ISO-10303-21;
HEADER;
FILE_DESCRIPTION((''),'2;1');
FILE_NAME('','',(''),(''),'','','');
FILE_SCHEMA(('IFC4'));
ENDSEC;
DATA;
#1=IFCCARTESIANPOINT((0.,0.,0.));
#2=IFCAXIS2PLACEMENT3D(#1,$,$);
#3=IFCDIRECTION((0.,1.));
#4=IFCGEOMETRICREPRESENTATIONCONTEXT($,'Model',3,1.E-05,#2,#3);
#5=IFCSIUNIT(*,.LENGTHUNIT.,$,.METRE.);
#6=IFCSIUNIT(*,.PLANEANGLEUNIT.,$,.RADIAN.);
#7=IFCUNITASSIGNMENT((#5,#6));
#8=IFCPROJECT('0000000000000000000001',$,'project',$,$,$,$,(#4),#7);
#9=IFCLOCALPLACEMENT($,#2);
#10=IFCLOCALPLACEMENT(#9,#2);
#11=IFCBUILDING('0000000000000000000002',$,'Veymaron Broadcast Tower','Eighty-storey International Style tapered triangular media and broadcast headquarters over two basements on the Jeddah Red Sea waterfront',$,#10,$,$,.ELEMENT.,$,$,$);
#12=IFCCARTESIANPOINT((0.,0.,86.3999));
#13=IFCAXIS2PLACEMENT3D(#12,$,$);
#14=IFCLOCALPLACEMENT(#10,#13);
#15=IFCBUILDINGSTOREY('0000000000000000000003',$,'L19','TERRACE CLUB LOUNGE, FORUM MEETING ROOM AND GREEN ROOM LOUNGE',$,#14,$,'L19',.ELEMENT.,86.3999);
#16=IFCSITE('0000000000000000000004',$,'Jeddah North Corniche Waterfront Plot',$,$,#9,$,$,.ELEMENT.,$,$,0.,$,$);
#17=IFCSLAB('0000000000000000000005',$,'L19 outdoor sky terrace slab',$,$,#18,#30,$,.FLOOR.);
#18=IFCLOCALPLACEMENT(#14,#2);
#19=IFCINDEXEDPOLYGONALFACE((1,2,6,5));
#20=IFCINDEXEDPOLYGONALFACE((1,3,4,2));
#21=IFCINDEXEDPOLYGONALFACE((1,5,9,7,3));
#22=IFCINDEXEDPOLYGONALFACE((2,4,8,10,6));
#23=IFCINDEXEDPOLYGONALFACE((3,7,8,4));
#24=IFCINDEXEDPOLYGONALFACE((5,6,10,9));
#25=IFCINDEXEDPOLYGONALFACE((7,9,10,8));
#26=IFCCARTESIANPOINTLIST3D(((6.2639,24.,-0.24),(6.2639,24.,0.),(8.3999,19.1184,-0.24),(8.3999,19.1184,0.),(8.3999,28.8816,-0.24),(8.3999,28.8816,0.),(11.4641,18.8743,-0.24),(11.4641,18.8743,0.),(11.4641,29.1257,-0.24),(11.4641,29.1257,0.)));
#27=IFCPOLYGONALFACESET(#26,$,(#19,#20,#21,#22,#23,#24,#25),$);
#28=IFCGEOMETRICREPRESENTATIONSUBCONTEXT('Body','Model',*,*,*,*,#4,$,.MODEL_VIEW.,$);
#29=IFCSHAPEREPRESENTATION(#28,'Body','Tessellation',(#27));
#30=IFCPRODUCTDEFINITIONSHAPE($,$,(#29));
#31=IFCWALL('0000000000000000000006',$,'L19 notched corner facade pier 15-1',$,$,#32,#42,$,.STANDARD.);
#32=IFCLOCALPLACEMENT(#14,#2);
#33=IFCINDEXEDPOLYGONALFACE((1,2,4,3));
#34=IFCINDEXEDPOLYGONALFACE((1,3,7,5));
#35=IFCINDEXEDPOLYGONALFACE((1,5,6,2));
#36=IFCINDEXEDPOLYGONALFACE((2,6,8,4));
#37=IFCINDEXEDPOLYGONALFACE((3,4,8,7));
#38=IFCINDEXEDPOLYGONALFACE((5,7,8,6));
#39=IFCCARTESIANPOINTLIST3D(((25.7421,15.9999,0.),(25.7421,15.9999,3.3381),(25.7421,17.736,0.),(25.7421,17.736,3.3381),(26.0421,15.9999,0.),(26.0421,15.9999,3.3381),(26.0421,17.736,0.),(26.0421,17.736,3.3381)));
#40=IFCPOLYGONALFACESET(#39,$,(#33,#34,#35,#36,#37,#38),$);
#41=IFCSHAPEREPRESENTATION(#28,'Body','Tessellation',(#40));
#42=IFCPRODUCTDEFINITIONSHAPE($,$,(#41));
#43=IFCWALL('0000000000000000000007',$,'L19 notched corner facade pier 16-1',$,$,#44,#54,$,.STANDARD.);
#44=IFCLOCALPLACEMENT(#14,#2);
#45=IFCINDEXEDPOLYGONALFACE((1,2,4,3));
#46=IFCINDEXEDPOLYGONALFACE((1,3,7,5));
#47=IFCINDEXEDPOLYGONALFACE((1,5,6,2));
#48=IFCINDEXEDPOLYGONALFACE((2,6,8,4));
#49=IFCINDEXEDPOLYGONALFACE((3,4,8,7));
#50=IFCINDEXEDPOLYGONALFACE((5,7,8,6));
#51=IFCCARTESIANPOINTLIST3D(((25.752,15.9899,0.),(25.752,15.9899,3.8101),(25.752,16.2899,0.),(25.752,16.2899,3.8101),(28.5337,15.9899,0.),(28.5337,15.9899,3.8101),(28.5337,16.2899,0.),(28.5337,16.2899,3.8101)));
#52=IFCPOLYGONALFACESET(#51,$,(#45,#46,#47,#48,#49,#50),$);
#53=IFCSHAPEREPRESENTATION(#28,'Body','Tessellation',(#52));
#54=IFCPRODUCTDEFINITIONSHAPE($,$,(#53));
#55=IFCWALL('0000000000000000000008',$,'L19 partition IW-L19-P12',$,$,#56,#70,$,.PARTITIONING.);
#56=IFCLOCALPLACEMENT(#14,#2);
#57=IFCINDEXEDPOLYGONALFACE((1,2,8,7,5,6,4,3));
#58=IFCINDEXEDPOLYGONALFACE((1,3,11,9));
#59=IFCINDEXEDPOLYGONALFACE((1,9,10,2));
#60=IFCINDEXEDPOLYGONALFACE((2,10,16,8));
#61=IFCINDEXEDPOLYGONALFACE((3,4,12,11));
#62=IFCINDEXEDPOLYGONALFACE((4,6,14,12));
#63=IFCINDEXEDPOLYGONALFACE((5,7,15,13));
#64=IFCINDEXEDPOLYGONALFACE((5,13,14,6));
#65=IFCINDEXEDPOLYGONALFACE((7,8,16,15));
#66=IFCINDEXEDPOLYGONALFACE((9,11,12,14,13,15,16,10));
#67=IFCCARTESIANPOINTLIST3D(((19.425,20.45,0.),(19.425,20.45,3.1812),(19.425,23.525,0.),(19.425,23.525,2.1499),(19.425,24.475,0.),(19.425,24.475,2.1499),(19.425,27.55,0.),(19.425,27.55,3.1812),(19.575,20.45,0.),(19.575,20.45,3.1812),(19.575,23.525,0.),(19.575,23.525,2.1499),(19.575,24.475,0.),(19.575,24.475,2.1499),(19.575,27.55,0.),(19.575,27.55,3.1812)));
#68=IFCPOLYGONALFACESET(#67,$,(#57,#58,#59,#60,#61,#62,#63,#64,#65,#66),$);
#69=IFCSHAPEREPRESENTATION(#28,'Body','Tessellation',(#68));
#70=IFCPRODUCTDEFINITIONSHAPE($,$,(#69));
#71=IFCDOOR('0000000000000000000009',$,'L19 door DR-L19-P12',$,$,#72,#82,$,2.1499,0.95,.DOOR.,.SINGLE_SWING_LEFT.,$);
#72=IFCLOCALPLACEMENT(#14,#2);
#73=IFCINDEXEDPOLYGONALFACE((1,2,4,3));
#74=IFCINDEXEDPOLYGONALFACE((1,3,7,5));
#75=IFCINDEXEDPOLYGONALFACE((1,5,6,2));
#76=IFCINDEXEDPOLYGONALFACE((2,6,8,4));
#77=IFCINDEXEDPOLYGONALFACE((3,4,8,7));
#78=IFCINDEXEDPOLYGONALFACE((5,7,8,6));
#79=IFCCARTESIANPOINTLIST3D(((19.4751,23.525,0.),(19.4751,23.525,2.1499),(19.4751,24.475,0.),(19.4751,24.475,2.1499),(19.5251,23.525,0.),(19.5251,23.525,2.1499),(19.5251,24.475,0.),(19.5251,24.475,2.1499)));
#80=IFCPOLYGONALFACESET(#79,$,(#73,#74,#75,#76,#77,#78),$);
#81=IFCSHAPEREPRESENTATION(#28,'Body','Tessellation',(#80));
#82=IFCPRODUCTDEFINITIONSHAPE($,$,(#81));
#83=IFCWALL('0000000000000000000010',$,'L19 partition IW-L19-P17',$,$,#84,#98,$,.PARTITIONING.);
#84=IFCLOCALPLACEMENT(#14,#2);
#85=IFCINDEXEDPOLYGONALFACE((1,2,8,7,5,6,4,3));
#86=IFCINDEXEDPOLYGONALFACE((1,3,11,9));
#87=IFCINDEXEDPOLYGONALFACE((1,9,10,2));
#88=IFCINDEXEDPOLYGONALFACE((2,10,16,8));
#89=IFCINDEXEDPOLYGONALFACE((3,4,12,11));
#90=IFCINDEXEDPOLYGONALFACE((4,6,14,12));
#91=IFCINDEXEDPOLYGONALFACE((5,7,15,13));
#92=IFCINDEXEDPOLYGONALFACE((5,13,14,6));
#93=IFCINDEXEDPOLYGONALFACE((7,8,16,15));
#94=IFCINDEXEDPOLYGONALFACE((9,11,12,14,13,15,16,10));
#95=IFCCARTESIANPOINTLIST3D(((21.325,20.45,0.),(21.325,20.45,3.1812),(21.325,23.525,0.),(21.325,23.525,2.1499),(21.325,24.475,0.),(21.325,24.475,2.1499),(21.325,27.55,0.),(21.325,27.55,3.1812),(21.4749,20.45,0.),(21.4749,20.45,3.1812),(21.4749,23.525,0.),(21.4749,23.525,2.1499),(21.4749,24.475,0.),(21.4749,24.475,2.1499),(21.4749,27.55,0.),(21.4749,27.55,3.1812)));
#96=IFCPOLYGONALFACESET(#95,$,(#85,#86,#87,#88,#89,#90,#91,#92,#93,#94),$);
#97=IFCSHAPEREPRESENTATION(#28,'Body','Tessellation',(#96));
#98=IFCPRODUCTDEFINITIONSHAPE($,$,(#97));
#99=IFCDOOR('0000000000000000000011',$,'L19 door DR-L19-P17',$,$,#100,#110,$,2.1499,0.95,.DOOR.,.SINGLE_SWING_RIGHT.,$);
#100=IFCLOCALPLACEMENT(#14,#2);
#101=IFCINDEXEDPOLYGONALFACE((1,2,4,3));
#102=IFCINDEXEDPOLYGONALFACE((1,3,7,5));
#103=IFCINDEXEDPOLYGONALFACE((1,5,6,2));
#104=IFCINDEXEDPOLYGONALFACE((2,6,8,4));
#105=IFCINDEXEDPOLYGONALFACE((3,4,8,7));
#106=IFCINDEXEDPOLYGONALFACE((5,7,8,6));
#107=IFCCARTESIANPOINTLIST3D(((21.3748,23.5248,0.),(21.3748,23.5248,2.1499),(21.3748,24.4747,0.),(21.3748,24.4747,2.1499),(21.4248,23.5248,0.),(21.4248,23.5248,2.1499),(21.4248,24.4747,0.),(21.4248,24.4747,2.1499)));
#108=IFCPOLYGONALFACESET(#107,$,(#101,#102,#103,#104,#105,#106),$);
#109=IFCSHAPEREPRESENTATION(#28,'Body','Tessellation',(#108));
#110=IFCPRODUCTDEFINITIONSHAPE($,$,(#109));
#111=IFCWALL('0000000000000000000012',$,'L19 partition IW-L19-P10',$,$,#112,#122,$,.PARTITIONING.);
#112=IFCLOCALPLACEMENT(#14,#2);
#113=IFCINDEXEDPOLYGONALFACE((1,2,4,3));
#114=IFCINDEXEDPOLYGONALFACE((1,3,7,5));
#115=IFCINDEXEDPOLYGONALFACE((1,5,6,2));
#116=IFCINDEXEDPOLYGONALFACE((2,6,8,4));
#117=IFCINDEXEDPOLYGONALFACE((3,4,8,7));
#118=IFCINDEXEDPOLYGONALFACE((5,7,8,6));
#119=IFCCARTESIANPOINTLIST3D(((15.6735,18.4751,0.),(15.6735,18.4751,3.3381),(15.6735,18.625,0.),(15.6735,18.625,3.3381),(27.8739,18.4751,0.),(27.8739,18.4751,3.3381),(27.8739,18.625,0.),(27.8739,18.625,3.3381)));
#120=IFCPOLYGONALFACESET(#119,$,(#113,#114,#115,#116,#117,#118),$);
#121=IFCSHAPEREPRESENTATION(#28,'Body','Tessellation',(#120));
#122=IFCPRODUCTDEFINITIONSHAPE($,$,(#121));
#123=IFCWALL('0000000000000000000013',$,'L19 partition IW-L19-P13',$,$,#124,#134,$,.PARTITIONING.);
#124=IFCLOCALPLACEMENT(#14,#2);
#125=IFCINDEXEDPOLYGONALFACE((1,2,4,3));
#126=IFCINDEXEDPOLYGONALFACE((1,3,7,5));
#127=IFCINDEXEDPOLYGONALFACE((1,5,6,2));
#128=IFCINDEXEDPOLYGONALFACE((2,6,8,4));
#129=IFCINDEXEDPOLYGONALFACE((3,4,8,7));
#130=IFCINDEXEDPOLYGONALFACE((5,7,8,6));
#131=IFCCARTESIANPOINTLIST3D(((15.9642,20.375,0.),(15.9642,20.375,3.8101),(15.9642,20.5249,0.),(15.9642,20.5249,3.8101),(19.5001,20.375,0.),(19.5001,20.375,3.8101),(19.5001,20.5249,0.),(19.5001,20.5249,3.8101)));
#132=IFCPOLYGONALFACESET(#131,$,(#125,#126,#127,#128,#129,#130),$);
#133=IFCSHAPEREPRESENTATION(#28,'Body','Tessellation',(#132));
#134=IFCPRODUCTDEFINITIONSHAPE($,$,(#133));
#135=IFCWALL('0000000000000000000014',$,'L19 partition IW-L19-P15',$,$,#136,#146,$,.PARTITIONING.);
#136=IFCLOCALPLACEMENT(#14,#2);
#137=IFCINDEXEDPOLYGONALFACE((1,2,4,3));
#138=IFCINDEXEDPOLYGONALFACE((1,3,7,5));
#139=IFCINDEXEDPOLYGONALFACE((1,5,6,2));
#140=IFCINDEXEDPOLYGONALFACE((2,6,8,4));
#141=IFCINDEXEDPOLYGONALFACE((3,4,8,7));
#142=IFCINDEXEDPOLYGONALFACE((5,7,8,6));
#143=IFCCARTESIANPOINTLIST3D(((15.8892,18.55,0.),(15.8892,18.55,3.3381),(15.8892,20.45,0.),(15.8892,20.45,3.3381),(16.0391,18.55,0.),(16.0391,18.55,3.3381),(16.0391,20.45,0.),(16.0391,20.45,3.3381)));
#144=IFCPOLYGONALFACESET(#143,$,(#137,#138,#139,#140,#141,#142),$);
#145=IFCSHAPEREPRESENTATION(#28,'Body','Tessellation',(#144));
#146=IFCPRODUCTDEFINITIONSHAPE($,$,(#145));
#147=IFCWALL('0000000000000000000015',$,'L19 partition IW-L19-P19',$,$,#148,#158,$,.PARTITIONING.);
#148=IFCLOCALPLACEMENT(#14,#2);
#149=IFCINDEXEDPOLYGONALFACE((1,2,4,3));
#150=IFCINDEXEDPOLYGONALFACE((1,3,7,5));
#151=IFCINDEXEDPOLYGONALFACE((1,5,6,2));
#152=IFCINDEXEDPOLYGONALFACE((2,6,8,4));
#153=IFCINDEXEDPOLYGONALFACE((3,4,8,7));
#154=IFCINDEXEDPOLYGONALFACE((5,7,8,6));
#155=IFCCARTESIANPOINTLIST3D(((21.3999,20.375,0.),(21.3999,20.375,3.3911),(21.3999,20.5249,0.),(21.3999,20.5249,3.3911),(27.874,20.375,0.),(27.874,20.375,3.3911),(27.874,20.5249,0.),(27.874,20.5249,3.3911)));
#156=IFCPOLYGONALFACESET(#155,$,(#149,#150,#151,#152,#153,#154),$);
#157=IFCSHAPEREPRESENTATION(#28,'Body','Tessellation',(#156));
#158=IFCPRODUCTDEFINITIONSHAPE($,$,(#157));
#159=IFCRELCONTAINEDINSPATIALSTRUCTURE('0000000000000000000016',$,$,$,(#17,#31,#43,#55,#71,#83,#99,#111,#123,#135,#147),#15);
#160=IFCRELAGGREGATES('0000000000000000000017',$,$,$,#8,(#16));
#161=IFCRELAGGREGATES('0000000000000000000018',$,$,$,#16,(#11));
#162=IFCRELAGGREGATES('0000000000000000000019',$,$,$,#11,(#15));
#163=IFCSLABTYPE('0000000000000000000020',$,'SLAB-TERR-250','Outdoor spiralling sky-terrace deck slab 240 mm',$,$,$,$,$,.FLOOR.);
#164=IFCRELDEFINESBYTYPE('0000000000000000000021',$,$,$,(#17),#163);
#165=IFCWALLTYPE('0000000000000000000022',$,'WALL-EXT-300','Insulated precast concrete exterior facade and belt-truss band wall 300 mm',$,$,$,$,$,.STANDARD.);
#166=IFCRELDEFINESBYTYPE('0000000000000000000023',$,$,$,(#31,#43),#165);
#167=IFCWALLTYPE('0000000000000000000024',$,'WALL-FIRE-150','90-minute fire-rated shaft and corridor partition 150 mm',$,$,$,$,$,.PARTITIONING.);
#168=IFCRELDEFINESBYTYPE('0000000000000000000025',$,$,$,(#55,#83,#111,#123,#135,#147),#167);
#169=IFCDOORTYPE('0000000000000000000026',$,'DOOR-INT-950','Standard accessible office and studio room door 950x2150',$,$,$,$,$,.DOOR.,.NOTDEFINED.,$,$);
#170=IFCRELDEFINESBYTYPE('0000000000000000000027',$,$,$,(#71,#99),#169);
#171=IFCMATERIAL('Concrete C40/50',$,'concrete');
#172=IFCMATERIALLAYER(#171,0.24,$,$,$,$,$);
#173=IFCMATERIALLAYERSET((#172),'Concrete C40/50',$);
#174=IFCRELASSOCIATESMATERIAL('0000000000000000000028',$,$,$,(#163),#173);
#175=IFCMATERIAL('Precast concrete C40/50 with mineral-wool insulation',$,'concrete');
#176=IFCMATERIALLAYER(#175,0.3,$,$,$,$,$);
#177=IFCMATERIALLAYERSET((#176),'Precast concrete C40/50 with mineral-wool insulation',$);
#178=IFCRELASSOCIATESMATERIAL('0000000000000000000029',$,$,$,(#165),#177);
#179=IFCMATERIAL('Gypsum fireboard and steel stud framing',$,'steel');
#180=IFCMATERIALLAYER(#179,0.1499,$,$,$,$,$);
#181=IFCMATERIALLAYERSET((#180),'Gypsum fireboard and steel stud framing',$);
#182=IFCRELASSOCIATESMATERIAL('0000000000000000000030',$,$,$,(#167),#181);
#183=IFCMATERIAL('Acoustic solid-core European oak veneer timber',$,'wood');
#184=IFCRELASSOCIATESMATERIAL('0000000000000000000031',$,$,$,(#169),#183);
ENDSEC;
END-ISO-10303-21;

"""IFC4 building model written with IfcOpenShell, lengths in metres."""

from ifc_helpers import new_model, si_unit, direction, frame, frame_2d, origin, place, context, subcontext, project, spatial, polyline, rectangle, outline, extrude, material, layer, layer_set, type_object, element, fill, save


model = new_model("IFC4")

# Units and contexts
model_context = context("Model", 3, precision=1e-05, world=origin(), true_north=direction((0.0, 1.0)))
body_context = subcontext(model_context, "Body", "Model", "MODEL_VIEW")
ifc_project = project(units=[si_unit("LENGTHUNIT", "METRE"), si_unit("PLANEANGLEUNIT", "RADIAN")], contexts=[model_context])

# Site, building, storey
site_placement = place(None, origin())
site = spatial("IfcSite", under=ifc_project, at=site_placement, Name="Jeddah North Corniche Waterfront Plot", CompositionType="ELEMENT", RefElevation=0.0)
building_placement = place(site_placement, origin())
building = spatial("IfcBuilding", under=site, at=building_placement, Name="Veymaron Broadcast Tower", Description="Eighty-storey International Style tapered triangular media and broadcast headquarters over two basements on the Jeddah Red Sea waterfront", CompositionType="ELEMENT")
storey_placement = place(building_placement, frame((0.0, 0.0, 86.3999)))
storey = spatial("IfcBuildingStorey", under=building, at=storey_placement, Name="L19", Description="TERRACE CLUB LOUNGE, FORUM MEETING ROOM AND GREEN ROOM LOUNGE", LongName="L19", CompositionType="ELEMENT", Elevation=86.3999)

# Shared definitions
ifc_material_1 = material(Name="Concrete C40/50", Category="concrete")

# Slab
ifc_layer_1 = layer(ifc_material_1, 0.24)
ifc_layer_set_1 = layer_set([ifc_layer_1], Name="Concrete C40/50")
slab_type_1 = type_object("IfcSlabType", Name="SLAB-TERR-250", Description="Outdoor spiralling sky-terrace deck slab 240 mm", PredefinedType="FLOOR", material=ifc_layer_set_1)
slab_1_placement = place(storey_placement, frame((0.0, 0.0, -0.24)))
element("IfcSlab", 1, at=slab_1_placement, inside=storey, type_object=slab_type_1, Name="L19 outdoor sky terrace slab", PredefinedType="FLOOR", context=body_context, shape_type="SweptSolid", body=[
    extrude(outline(polyline([(11.4641, 18.8743), (11.4641, 29.1257), (8.3999, 28.8816), (6.2639, 24.0), (8.3999, 19.1184), (11.4641, 18.8743)])), origin(), (0.0, 0.0, 1.0), 0.24),
])

# Walls
ifc_material_2 = material(Name="Precast concrete C40/50 with mineral-wool insulation", Category="concrete")
ifc_layer_2 = layer(ifc_material_2, 0.3)
ifc_layer_set_2 = layer_set([ifc_layer_2], Name="Precast concrete C40/50 with mineral-wool insulation")
wall_type_1 = type_object("IfcWallType", Name="WALL-EXT-300", Description="Insulated precast concrete exterior facade and belt-truss band wall 300 mm", PredefinedType="STANDARD", material=ifc_layer_set_2)
wall_1_placement = place(storey_placement, frame((25.8921, 17.7361, 0.0), z_axis=(0.0, 0.0, 1.0), x_axis=(0.0, -1.0, 0.0)))
element("IfcWall", 2, at=wall_1_placement, inside=storey, type_object=wall_type_1, Name="L19 notched corner facade pier 15-1", PredefinedType="STANDARD", context=body_context, shape_type="SweptSolid", body=[
    extrude(rectangle(XDim=1.7361, YDim=0.3, at=frame_2d((0.8682, 0.0))), origin(), (0.0, 0.0, 1.0), 3.3381),
])
wall_2_placement = place(storey_placement, frame((25.752, 16.1399, 0.0), z_axis=(0.0, 0.0, 1.0), x_axis=(1.0, 0.0, 0.0)))
element("IfcWall", 3, at=wall_2_placement, inside=storey, type_object=wall_type_1, Name="L19 notched corner facade pier 16-1", PredefinedType="STANDARD", context=body_context, shape_type="SweptSolid", body=[
    extrude(rectangle(XDim=2.7817, YDim=0.3, at=frame_2d((1.3909, 0.0))), origin(), (0.0, 0.0, 1.0), 3.8101),
])

# Walls, openings, doors
ifc_material_3 = material(Name="Gypsum fireboard and steel stud framing", Category="steel")
ifc_layer_3 = layer(ifc_material_3, 0.1499)
ifc_layer_set_3 = layer_set([ifc_layer_3], Name="Gypsum fireboard and steel stud framing")
wall_type_2 = type_object("IfcWallType", Name="WALL-FIRE-150", Description="90-minute fire-rated shaft and corridor partition 150 mm", PredefinedType="PARTITIONING", material=ifc_layer_set_3)
wall_3_placement = place(storey_placement, frame((19.5, 20.45, 0.0), z_axis=(0.0, 0.0, 1.0), x_axis=(0.0, 1.0, 0.0)))
wall_3 = element("IfcWall", 4, at=wall_3_placement, inside=storey, type_object=wall_type_2, Name="L19 partition IW-L19-P12", PredefinedType="PARTITIONING", context=body_context, shape_type="SweptSolid", body=[
    extrude(rectangle(XDim=7.1001, YDim=0.1499, at=frame_2d((3.55, 0.0))), origin(), (0.0, 0.0, 1.0), 3.1812),
])
opening_1_placement = place(wall_3_placement, frame((3.075, 0.0, 0.0)))
opening_1 = element("IfcOpeningElement", 5, at=opening_1_placement, cuts=wall_3, PredefinedType="OPENING", context=body_context, shape_type="SweptSolid", body=[
    extrude(rectangle(XDim=0.95, YDim=2.1499, at=frame_2d((0.4751, 1.075))), frame((0.0, 0.085, 0.0), z_axis=(0.0, -1.0, 0.0), x_axis=(1.0, 0.0, 0.0)), (0.0, 0.0, 1.0), 0.1699),
])
ifc_material_4 = material(Name="Acoustic solid-core European oak veneer timber", Category="wood")
door_type = type_object("IfcDoorType", Name="DOOR-INT-950", Description="Standard accessible office and studio room door 950x2150", OperationType="NOTDEFINED", PredefinedType="DOOR", material=ifc_material_4)
door_1_placement = place(opening_1_placement, origin())
door_1 = element("IfcDoor", 6, at=door_1_placement, inside=storey, type_object=door_type, Name="L19 door DR-L19-P12", OperationType="SINGLE_SWING_LEFT", OverallHeight=2.1499, OverallWidth=0.95, PredefinedType="DOOR", context=body_context, shape_type="SweptSolid", body=[
    extrude(rectangle(XDim=0.95, YDim=2.1499, at=frame_2d((0.4751, 1.075))), frame((0.0, 0.0249, 0.0), z_axis=(0.0, -1.0, 0.0), x_axis=(1.0, 0.0, 0.0)), (0.0, 0.0, 1.0), 0.05),
])
fill(opening_1, door_1)
wall_4_placement = place(storey_placement, frame((21.3999, 20.45, 0.0), z_axis=(0.0, 0.0, 1.0), x_axis=(0.0, 1.0, 0.0)))
wall_4 = element("IfcWall", 7, at=wall_4_placement, inside=storey, type_object=wall_type_2, Name="L19 partition IW-L19-P17", PredefinedType="PARTITIONING", context=body_context, shape_type="SweptSolid", body=[
    extrude(rectangle(XDim=7.1001, YDim=0.1499, at=frame_2d((3.55, 0.0))), origin(), (0.0, 0.0, 1.0), 3.1812),
])
opening_2_placement = place(wall_4_placement, frame((3.075, 0.0, 0.0)))
opening_2 = element("IfcOpeningElement", 8, at=opening_2_placement, cuts=wall_4, PredefinedType="OPENING", context=body_context, shape_type="SweptSolid", body=[
    extrude(rectangle(XDim=0.95, YDim=2.1499, at=frame_2d((0.4751, 1.075))), frame((0.0, 0.085, 0.0), z_axis=(0.0, -1.0, 0.0), x_axis=(1.0, 0.0, 0.0)), (0.0, 0.0, 1.0), 0.1699),
])
door_2_placement = place(opening_2_placement, frame((0.95, 0.0, 0.0), z_axis=(0.0, 0.0, 1.0), x_axis=(-1.0, 0.0, 0.0)))
door_2 = element("IfcDoor", 9, at=door_2_placement, inside=storey, type_object=door_type, Name="L19 door DR-L19-P17", OperationType="SINGLE_SWING_RIGHT", OverallHeight=2.1499, OverallWidth=0.95, PredefinedType="DOOR", context=body_context, shape_type="SweptSolid", body=[
    extrude(rectangle(XDim=0.95, YDim=2.1499, at=frame_2d((0.4751, 1.075))), frame((0.0, 0.0249, 0.0), z_axis=(0.0, -1.0, 0.0), x_axis=(1.0, 0.0, 0.0)), (0.0, 0.0, 1.0), 0.05),
])
fill(opening_2, door_2)

# Walls
wall_5_placement = place(storey_placement, frame((15.6736, 18.55, 0.0), z_axis=(0.0, 0.0, 1.0), x_axis=(1.0, 0.0, 0.0)))
element("IfcWall", 10, at=wall_5_placement, inside=storey, type_object=wall_type_2, Name="L19 partition IW-L19-P10", PredefinedType="PARTITIONING", context=body_context, shape_type="SweptSolid", body=[
    extrude(rectangle(XDim=12.2004, YDim=0.1499, at=frame_2d((6.1001, 0.0))), origin(), (0.0, 0.0, 1.0), 3.3381),
])
wall_6_placement = place(storey_placement, frame((15.9641, 20.45, 0.0), z_axis=(0.0, 0.0, 1.0), x_axis=(1.0, 0.0, 0.0)))
element("IfcWall", 11, at=wall_6_placement, inside=storey, type_object=wall_type_2, Name="L19 partition IW-L19-P13", PredefinedType="PARTITIONING", context=body_context, shape_type="SweptSolid", body=[
    extrude(rectangle(XDim=3.5359, YDim=0.1499, at=frame_2d((1.7681, 0.0))), origin(), (0.0, 0.0, 1.0), 3.8101),
])
wall_7_placement = place(storey_placement, frame((15.9641, 18.55, 0.0), z_axis=(0.0, 0.0, 1.0), x_axis=(0.0, 1.0, 0.0)))
element("IfcWall", 12, at=wall_7_placement, inside=storey, type_object=wall_type_2, Name="L19 partition IW-L19-P15", PredefinedType="PARTITIONING", context=body_context, shape_type="SweptSolid", body=[
    extrude(rectangle(XDim=1.8999, YDim=0.1499, at=frame_2d((0.95, 0.0))), origin(), (0.0, 0.0, 1.0), 3.3381),
])
wall_8_placement = place(storey_placement, frame((21.3999, 20.45, 0.0), z_axis=(0.0, 0.0, 1.0), x_axis=(1.0, 0.0, 0.0)))
element("IfcWall", 13, at=wall_8_placement, inside=storey, type_object=wall_type_2, Name="L19 partition IW-L19-P19", PredefinedType="PARTITIONING", context=body_context, shape_type="SweptSolid", body=[
    extrude(rectangle(XDim=6.4741, YDim=0.1499, at=frame_2d((3.2371, 0.0))), origin(), (0.0, 0.0, 1.0), 3.3911),
])

save(model, "model.ifc")
